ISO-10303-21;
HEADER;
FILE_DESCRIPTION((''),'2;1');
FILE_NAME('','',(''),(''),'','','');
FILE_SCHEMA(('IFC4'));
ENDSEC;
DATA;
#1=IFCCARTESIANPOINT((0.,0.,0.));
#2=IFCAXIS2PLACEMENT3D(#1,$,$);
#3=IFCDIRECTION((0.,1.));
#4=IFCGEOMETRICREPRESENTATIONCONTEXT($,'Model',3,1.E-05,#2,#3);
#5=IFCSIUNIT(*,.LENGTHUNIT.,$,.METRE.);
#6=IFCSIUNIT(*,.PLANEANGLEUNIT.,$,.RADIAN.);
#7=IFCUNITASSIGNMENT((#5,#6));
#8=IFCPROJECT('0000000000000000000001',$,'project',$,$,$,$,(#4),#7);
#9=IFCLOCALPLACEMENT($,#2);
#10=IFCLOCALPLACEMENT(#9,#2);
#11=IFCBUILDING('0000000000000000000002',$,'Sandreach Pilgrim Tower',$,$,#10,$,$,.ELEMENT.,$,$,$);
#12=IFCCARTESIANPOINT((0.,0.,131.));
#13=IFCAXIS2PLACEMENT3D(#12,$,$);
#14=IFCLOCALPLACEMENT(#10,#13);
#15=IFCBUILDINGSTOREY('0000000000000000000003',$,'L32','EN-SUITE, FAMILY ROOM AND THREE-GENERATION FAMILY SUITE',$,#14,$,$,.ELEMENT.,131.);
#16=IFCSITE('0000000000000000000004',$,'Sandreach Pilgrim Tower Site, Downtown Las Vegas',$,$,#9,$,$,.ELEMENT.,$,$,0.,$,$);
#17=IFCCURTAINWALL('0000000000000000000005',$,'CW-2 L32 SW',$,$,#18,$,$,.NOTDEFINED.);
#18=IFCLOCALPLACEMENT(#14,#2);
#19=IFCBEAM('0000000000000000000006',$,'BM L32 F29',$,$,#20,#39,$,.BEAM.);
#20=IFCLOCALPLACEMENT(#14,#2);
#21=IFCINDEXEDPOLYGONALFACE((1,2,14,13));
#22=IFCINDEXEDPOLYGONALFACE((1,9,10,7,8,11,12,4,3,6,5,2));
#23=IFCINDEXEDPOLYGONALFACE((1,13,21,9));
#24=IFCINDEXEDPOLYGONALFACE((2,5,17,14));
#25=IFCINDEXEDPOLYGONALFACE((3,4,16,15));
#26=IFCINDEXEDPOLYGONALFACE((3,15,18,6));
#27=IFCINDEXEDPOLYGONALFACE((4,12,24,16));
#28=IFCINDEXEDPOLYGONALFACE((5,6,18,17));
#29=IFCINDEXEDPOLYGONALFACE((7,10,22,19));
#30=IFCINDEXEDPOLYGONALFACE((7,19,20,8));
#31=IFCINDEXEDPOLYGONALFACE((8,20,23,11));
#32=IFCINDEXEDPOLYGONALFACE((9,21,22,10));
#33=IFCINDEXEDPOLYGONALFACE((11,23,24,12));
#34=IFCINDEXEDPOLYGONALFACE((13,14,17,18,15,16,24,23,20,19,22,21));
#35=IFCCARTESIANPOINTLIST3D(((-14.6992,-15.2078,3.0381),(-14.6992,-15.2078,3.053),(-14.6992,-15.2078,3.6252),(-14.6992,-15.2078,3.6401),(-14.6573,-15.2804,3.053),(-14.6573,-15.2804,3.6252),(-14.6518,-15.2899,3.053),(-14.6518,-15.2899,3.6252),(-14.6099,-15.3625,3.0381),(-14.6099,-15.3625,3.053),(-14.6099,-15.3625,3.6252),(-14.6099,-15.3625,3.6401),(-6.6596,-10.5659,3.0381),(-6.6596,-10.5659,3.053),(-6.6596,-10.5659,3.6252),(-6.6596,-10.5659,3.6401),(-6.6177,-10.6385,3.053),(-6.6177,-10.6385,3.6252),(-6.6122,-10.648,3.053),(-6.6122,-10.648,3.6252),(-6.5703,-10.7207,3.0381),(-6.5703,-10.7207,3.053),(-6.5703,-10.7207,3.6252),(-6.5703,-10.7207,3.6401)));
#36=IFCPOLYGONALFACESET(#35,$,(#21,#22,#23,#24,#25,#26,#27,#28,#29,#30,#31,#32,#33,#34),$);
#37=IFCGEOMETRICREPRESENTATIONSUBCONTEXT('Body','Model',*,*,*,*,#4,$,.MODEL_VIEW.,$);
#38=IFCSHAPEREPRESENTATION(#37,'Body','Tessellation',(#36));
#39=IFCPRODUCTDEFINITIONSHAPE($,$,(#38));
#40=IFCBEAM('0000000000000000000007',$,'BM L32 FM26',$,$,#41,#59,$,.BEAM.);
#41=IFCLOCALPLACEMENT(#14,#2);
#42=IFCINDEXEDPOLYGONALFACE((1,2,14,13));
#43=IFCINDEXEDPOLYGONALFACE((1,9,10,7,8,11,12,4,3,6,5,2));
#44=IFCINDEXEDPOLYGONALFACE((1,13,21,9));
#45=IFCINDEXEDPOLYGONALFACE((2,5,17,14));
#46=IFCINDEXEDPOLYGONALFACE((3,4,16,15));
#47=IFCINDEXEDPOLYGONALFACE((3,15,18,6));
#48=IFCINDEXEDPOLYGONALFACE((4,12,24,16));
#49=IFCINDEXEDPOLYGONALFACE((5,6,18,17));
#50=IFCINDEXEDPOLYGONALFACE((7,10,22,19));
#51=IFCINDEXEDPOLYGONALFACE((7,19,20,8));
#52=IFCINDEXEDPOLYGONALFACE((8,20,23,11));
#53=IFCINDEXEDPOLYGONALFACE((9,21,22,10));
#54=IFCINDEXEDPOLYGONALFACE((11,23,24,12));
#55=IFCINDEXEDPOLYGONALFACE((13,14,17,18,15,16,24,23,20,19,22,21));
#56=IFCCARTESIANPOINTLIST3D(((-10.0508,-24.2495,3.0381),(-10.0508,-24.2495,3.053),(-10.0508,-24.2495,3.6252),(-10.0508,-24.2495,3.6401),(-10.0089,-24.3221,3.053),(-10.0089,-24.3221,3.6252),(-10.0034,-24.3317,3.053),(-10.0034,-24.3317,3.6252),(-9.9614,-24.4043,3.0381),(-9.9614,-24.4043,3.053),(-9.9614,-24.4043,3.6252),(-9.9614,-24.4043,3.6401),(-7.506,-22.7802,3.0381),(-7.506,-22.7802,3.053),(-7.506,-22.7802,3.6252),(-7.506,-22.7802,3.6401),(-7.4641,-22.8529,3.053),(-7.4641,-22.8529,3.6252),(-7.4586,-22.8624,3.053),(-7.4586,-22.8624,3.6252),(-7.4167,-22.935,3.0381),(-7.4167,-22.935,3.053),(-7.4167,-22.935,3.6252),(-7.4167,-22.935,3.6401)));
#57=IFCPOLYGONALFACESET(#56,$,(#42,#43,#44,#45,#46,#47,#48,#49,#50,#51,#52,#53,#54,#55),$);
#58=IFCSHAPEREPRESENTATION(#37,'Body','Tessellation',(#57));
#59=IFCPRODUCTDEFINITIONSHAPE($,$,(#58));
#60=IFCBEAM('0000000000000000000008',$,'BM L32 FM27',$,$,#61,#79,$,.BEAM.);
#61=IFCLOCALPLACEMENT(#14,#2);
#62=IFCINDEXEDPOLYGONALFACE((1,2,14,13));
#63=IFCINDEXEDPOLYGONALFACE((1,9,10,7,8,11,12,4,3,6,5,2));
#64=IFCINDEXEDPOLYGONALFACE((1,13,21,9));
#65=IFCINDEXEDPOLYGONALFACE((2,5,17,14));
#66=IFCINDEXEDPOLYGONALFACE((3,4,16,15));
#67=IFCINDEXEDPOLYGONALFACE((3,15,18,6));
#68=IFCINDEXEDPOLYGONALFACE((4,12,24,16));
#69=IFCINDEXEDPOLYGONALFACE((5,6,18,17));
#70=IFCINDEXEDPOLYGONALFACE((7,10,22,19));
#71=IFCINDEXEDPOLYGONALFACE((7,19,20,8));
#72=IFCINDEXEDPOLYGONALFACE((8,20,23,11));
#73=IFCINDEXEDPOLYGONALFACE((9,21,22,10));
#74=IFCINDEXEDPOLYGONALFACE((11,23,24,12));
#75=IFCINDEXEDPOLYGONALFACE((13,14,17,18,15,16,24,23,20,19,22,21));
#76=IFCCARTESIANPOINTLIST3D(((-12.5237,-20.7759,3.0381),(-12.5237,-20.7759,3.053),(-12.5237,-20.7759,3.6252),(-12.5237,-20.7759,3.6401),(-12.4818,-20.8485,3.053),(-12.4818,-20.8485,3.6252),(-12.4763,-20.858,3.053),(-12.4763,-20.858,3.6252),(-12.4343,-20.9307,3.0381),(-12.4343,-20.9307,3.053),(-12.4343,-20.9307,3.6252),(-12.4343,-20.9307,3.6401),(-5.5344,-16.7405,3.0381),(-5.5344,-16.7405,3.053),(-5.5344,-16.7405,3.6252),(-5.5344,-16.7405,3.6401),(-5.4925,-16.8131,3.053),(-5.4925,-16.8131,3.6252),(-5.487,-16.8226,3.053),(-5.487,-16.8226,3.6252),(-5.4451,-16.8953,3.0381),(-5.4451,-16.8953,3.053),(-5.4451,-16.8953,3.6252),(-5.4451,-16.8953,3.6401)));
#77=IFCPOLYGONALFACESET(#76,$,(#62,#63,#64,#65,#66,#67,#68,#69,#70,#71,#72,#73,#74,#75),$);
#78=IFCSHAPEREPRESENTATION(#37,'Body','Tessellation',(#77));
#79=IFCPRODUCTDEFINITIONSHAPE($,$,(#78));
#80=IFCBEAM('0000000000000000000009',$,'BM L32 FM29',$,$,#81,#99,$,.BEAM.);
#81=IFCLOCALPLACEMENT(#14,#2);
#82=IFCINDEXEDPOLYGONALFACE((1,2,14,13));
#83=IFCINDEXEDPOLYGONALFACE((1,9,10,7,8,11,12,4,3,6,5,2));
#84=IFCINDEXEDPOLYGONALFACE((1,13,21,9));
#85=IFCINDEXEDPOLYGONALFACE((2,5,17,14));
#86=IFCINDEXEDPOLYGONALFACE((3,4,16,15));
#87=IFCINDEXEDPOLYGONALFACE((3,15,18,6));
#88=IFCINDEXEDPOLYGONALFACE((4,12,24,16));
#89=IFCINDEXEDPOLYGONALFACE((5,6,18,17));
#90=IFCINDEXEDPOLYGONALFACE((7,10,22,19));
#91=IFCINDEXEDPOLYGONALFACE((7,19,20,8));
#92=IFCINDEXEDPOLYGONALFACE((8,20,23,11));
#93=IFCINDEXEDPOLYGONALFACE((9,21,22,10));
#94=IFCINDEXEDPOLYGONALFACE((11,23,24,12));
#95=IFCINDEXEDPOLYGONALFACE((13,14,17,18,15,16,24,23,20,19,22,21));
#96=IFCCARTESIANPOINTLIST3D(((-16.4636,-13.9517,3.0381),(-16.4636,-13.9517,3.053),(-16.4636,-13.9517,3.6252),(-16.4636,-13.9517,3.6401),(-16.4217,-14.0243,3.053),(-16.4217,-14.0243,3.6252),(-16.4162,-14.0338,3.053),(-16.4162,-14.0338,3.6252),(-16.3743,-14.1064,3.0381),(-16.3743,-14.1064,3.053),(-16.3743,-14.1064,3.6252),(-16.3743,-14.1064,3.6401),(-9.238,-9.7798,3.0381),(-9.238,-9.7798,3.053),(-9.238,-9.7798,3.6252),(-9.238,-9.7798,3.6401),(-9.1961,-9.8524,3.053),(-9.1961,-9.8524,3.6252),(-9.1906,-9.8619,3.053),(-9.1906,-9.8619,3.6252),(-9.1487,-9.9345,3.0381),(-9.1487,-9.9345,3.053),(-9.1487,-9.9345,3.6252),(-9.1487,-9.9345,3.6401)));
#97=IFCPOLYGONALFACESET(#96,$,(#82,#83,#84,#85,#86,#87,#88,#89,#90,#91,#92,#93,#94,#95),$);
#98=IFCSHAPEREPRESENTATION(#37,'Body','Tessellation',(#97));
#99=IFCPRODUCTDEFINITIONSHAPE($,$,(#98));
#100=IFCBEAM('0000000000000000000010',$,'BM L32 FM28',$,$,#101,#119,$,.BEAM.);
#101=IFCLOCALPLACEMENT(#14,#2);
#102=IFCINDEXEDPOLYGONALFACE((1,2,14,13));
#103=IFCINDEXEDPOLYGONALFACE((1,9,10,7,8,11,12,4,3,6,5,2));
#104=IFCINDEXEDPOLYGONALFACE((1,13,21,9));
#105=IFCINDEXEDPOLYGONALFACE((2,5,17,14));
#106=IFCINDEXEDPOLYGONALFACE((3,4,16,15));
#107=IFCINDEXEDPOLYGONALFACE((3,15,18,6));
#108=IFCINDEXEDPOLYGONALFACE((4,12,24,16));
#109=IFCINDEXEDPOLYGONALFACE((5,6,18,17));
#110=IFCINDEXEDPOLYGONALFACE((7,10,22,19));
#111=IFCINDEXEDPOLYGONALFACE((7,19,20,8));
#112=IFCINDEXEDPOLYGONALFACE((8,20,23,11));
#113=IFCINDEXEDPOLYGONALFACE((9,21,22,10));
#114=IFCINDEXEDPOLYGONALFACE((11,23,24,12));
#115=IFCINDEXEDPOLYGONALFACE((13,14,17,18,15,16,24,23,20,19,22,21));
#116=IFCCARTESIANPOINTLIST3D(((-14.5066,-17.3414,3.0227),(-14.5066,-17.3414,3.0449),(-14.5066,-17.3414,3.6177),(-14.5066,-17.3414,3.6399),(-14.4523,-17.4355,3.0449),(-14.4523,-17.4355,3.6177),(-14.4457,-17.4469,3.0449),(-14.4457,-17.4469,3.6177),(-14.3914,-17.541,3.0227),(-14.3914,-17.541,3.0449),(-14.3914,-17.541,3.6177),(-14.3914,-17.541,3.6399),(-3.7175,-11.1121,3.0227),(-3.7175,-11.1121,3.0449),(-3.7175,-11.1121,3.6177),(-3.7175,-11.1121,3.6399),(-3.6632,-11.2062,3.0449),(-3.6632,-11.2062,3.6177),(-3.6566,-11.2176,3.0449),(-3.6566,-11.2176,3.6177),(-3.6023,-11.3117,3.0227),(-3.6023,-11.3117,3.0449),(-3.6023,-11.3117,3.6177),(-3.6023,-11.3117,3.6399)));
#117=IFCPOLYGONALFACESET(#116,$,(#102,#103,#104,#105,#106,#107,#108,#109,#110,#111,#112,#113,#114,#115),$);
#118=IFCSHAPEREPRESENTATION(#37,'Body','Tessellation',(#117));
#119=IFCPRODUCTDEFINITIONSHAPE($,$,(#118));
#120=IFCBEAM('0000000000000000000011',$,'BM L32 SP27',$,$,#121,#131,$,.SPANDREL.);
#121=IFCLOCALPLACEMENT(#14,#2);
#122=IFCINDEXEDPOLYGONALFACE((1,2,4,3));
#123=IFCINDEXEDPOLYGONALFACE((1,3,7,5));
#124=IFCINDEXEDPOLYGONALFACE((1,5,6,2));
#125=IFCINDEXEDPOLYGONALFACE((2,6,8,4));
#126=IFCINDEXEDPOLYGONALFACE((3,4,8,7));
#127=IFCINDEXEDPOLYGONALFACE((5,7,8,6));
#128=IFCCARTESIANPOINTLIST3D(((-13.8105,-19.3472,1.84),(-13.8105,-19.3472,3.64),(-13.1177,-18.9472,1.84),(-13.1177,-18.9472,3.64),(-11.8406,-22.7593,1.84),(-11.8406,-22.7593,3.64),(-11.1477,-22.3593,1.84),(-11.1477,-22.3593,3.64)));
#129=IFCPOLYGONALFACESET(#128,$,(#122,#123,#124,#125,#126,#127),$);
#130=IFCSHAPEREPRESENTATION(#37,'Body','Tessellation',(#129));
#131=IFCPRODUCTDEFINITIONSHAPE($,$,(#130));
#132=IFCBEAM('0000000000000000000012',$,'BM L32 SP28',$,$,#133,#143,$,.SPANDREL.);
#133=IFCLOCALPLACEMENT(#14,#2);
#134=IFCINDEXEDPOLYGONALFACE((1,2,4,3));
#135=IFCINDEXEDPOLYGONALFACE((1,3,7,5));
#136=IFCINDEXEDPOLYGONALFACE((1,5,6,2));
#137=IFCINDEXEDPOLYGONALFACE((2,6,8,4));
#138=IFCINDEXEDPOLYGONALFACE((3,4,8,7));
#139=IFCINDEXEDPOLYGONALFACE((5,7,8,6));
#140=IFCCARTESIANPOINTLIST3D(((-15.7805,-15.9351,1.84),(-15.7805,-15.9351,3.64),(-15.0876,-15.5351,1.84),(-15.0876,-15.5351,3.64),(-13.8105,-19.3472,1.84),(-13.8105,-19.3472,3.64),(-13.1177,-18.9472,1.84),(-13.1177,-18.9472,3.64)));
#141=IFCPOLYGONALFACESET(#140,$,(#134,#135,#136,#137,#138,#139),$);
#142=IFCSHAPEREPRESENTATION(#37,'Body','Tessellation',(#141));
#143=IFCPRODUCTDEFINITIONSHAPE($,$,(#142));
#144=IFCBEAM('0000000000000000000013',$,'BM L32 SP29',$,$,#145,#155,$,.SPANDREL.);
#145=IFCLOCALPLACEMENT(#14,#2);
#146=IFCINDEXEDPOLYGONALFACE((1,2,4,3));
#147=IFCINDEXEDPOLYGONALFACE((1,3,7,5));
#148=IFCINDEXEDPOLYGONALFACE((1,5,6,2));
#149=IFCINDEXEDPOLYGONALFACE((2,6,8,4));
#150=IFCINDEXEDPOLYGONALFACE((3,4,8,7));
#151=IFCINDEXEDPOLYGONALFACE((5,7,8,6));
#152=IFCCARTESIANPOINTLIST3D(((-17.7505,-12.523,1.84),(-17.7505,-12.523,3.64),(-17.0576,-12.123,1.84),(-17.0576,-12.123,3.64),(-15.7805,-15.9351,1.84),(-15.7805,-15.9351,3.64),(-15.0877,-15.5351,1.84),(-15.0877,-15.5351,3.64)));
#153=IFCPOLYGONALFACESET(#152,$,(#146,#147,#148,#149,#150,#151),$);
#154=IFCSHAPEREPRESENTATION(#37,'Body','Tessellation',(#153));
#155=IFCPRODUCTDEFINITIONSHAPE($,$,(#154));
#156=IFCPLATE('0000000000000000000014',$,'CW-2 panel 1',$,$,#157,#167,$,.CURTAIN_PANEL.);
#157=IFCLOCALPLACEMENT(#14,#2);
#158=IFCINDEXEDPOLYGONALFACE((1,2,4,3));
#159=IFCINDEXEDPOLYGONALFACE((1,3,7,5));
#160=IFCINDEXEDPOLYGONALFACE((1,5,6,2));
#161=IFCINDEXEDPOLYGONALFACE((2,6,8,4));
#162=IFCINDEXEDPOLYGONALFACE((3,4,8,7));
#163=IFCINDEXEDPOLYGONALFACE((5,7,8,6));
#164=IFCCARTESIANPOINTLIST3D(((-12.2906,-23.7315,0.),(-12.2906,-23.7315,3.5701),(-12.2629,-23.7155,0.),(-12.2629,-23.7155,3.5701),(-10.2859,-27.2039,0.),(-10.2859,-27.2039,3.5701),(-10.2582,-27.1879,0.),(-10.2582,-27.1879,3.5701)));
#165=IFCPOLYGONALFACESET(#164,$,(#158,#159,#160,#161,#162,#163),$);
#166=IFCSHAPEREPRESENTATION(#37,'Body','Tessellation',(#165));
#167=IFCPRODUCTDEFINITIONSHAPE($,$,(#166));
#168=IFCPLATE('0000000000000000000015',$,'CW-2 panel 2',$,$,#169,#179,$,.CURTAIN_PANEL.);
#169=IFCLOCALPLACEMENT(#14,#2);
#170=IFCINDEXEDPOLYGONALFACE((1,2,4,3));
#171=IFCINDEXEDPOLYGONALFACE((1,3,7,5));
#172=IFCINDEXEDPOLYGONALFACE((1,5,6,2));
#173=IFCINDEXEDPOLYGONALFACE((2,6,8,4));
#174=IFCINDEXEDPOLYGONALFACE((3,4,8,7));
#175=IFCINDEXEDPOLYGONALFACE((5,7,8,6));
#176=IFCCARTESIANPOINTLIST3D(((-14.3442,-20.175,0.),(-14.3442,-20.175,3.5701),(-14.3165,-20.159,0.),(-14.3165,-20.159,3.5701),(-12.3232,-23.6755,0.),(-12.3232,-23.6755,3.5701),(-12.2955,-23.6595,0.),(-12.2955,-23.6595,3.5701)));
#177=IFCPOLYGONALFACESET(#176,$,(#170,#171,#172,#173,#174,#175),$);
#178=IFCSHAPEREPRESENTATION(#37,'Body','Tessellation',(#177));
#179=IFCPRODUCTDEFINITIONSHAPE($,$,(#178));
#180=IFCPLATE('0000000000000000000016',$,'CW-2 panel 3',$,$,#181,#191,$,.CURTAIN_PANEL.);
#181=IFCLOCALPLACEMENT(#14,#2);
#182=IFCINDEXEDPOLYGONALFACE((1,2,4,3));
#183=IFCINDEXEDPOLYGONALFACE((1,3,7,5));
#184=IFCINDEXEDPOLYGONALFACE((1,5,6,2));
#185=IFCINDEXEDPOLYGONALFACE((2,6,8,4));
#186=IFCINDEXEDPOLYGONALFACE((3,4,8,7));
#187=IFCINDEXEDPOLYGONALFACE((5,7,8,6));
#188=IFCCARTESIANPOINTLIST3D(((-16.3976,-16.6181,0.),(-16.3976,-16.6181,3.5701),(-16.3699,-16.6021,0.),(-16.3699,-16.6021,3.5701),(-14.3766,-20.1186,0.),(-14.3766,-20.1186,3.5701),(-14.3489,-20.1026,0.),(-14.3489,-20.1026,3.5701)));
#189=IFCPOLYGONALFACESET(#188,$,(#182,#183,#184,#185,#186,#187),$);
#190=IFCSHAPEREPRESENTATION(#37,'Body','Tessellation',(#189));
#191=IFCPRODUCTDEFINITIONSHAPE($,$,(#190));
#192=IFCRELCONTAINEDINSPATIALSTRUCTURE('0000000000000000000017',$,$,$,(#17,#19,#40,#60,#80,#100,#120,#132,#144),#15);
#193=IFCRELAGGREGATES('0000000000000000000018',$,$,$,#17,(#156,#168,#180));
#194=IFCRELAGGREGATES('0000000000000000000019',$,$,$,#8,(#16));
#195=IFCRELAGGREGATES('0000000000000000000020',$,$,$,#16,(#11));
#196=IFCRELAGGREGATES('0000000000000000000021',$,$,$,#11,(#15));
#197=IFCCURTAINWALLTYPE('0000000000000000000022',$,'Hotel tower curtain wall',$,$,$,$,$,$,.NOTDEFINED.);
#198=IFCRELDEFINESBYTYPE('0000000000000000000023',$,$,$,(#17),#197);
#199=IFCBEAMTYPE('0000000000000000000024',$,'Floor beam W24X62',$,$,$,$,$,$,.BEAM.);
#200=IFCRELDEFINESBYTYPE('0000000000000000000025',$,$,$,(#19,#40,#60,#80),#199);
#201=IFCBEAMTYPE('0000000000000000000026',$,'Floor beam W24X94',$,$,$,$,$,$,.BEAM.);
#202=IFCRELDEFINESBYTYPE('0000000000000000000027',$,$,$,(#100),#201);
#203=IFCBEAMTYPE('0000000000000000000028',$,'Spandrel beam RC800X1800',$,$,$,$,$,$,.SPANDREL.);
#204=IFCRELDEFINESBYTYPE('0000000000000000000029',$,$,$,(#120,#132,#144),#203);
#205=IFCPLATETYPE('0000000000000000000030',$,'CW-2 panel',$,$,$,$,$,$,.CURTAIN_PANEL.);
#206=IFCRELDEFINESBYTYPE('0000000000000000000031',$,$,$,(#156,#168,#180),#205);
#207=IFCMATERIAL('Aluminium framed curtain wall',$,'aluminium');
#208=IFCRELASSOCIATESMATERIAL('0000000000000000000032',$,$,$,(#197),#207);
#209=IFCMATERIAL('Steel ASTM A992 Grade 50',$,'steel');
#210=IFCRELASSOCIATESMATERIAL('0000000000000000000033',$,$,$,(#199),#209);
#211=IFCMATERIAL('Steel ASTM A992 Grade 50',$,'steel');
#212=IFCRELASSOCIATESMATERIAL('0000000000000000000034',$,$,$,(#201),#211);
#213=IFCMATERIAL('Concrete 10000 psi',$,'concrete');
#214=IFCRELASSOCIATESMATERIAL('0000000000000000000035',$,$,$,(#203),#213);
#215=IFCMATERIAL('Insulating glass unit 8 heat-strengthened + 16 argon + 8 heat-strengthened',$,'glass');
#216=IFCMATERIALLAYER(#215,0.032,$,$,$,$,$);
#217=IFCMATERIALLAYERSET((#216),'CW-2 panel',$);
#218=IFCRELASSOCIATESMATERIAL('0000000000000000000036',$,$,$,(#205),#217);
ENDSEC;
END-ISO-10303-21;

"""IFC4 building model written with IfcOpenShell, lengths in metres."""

from ifc_helpers import new_model, si_unit, direction, frame, origin, origin_2d, place, context, subcontext, project, spatial, rectangle, i_section, extrude, material, layer, layer_set, material_profile, profile_set, type_object, element, aggregate, save


model = new_model("IFC4")

# Units and contexts
model_context = context("Model", 3, precision=1e-05, world=origin(), true_north=direction((0.0, 1.0)))
body_context = subcontext(model_context, "Body", "Model", "MODEL_VIEW")
ifc_project = project(units=[si_unit("LENGTHUNIT", "METRE"), si_unit("PLANEANGLEUNIT", "RADIAN")], contexts=[model_context])

# Site, building, storey
site_placement = place(None, origin())
site = spatial("IfcSite", under=ifc_project, at=site_placement, Name="Sandreach Pilgrim Tower Site, Downtown Las Vegas", CompositionType="ELEMENT", RefElevation=0.0)
building_placement = place(site_placement, origin())
building = spatial("IfcBuilding", under=site, at=building_placement, Name="Sandreach Pilgrim Tower", CompositionType="ELEMENT")
storey_placement = place(building_placement, frame((0.0, 0.0, 131.0)))
storey = spatial("IfcBuildingStorey", under=building, at=storey_placement, Name="L32", Description="EN-SUITE, FAMILY ROOM AND THREE-GENERATION FAMILY SUITE", CompositionType="ELEMENT", Elevation=131.0)

# Curtain wall
ifc_material_1 = material(Name="Aluminium framed curtain wall", Category="aluminium")
curtain_wall_type = type_object("IfcCurtainWallType", Name="Hotel tower curtain wall", PredefinedType="NOTDEFINED", material=ifc_material_1)
curtain_wall_placement = place(storey_placement, origin())
curtain_wall = element("IfcCurtainWall", 1, at=curtain_wall_placement, inside=storey, type_object=curtain_wall_type, Name="CW-2 L32 SW", PredefinedType="NOTDEFINED")

# Beams
ifc_material_2 = material(Name="Steel ASTM A992 Grade 50", Category="steel")
ifc_material_profile_1 = material_profile(ifc_material_2, i_section(OverallWidth=0.1787, OverallDepth=0.6021, WebThickness=0.011, FlangeThickness=0.0149, at=origin_2d()), Name="W24X62")
ifc_profile_set_1 = profile_set([ifc_material_profile_1], Name="Steel ASTM A992 Grade 50")
beam_type_1 = type_object("IfcBeamType", Name="Floor beam W24X62", PredefinedType="BEAM", material=ifc_profile_set_1)
beam_1_placement = place(storey_placement, frame((-14.6545, -15.2852, 3.3391), z_axis=(0.866016, 0.500017, 0.0), x_axis=(-0.500017, 0.866016, 0.0)))
element("IfcBeam", 2, at=beam_1_placement, inside=storey, type_object=beam_type_1, Name="BM L32 F29", PredefinedType="BEAM", context=body_context, shape_type="SweptSolid", body=[
    extrude(i_section(OverallWidth=0.1787, OverallDepth=0.6021, WebThickness=0.011, FlangeThickness=0.0149, at=origin_2d()), origin(), (0.0, 0.0, 1.0), 9.2834),
])
beam_2_placement = place(storey_placement, frame((-10.0061, -24.3269, 3.3391), z_axis=(0.866015, 0.500017, 0.0), x_axis=(-0.500017, 0.866015, 0.0)))
element("IfcBeam", 3, at=beam_2_placement, inside=storey, type_object=beam_type_1, Name="BM L32 FM26", PredefinedType="BEAM", context=body_context, shape_type="SweptSolid", body=[
    extrude(i_section(OverallWidth=0.1787, OverallDepth=0.6021, WebThickness=0.011, FlangeThickness=0.0149, at=origin_2d()), origin(), (0.0, 0.0, 1.0), 2.9385),
])
beam_3_placement = place(storey_placement, frame((-12.479, -20.8533, 3.3391), z_axis=(0.866017, 0.500014, 0.0), x_axis=(-0.500014, 0.866017, 0.0)))
element("IfcBeam", 4, at=beam_3_placement, inside=storey, type_object=beam_type_1, Name="BM L32 FM27", PredefinedType="BEAM", context=body_context, shape_type="SweptSolid", body=[
    extrude(i_section(OverallWidth=0.1787, OverallDepth=0.6021, WebThickness=0.011, FlangeThickness=0.0149, at=origin_2d()), origin(), (0.0, 0.0, 1.0), 8.0706),
])
beam_4_placement = place(storey_placement, frame((-16.4189, -14.0291, 3.3391), z_axis=(0.866016, 0.500016, 0.0), x_axis=(-0.500016, 0.866016, 0.0)))
element("IfcBeam", 5, at=beam_4_placement, inside=storey, type_object=beam_type_1, Name="BM L32 FM29", PredefinedType="BEAM", context=body_context, shape_type="SweptSolid", body=[
    extrude(i_section(OverallWidth=0.1787, OverallDepth=0.6021, WebThickness=0.011, FlangeThickness=0.0149, at=origin_2d()), origin(), (0.0, 0.0, 1.0), 8.3435),
])
ifc_material_3 = material(Name="Steel ASTM A992 Grade 50", Category="steel")
ifc_material_profile_2 = material_profile(ifc_material_3, i_section(OverallWidth=0.2305, OverallDepth=0.6172, WebThickness=0.0132, FlangeThickness=0.0222, at=origin_2d()), Name="W24X94")
ifc_profile_set_2 = profile_set([ifc_material_profile_2], Name="Steel ASTM A992 Grade 50")
beam_type_2 = type_object("IfcBeamType", Name="Floor beam W24X94", PredefinedType="BEAM", material=ifc_profile_set_2)
beam_5_placement = place(storey_placement, frame((-14.449, -17.4412, 3.3313), z_axis=(0.866019, 0.500011, 0.0), x_axis=(-0.500011, 0.866019, 0.0)))
element("IfcBeam", 6, at=beam_5_placement, inside=storey, type_object=beam_type_2, Name="BM L32 FM28", PredefinedType="BEAM", context=body_context, shape_type="SweptSolid", body=[
    extrude(i_section(OverallWidth=0.2305, OverallDepth=0.6172, WebThickness=0.0132, FlangeThickness=0.0222, at=origin_2d()), origin(), (0.0, 0.0, 1.0), 12.4583),
])
ifc_material_4 = material(Name="Concrete 10000 psi", Category="concrete")
ifc_material_profile_3 = material_profile(ifc_material_4, rectangle(XDim=0.8, YDim=1.8, at=origin_2d()), Name="RC800X1800")
ifc_profile_set_3 = profile_set([ifc_material_profile_3], Name="Concrete 10000 psi")
beam_type_3 = type_object("IfcBeamType", Name="Spandrel beam RC800X1800", PredefinedType="SPANDREL", material=ifc_profile_set_3)
for number, where, z_axis, x_axis, name in (
    (7, (-11.4941, -22.5593, 2.74), (-0.499998, 0.866027, 0.0), (-0.866027, -0.499998, 0.0), "BM L32 SP27"),
    (8, (-13.4641, -19.1472, 2.74), (-0.499998, 0.866027, 0.0), (-0.866027, -0.499998, 0.0), "BM L32 SP28"),
    (9, (-15.4341, -15.7351, 2.74), (-0.499998, 0.866027, 0.0), (-0.866027, -0.499998, 0.0), "BM L32 SP29"),
):
    element("IfcBeam", number, at=place(storey_placement, frame(where, z_axis=z_axis, x_axis=x_axis)), inside=storey, type_object=beam_type_3, Name=name, PredefinedType="SPANDREL", context=body_context, shape_type="SweptSolid", body=[
        extrude(rectangle(XDim=0.8, YDim=1.8, at=origin_2d()), origin(), (0.0, 0.0, 1.0), 3.9399),
    ])

# Plates
ifc_material_5 = material(Name="Insulating glass unit 8 heat-strengthened + 16 argon + 8 heat-strengthened", Category="glass")
ifc_layer_1 = layer(ifc_material_5, 0.032)
ifc_layer_set_1 = layer_set([ifc_layer_1], Name="CW-2 panel")
plate_type = type_object("IfcPlateType", Name="CW-2 panel", PredefinedType="CURTAIN_PANEL", material=ifc_layer_set_1)
plate_1_placement = place(storey_placement, frame((-11.2744, -25.4597, 0.0), z_axis=(0.0, 0.0, 1.0), x_axis=(-0.5, 0.866025, 0.0)))
plate_1 = element("IfcPlate", 10, at=plate_1_placement, type_object=plate_type, Name="CW-2 panel 1", PredefinedType="CURTAIN_PANEL", context=body_context, shape_type="SweptSolid", body=[
    extrude(rectangle(XDim=4.0095, YDim=0.032, at=origin_2d()), origin(), (0.0, 0.0, 1.0), 3.5701),
])
plate_2_placement = place(storey_placement, frame((-13.3198, -21.9172, 0.0), z_axis=(0.0, 0.0, 1.0), x_axis=(-0.5, 0.866025, 0.0)))
plate_2 = element("IfcPlate", 11, at=plate_2_placement, type_object=plate_type, Name="CW-2 panel 2", PredefinedType="CURTAIN_PANEL", context=body_context, shape_type="SweptSolid", body=[
    extrude(rectangle(XDim=4.042, YDim=0.032, at=origin_2d()), origin(), (0.0, 0.0, 1.0), 3.5701),
])
plate_3_placement = place(storey_placement, frame((-15.3733, -18.3604, 0.0), z_axis=(0.0, 0.0, 1.0), x_axis=(-0.5, 0.866025, 0.0)))
plate_3 = element("IfcPlate", 12, at=plate_3_placement, type_object=plate_type, Name="CW-2 panel 3", PredefinedType="CURTAIN_PANEL", context=body_context, shape_type="SweptSolid", body=[
    extrude(rectangle(XDim=4.042, YDim=0.032, at=origin_2d()), origin(), (0.0, 0.0, 1.0), 3.5701),
])
aggregate(curtain_wall, [plate_1, plate_2, plate_3])

save(model, "model.ifc")
